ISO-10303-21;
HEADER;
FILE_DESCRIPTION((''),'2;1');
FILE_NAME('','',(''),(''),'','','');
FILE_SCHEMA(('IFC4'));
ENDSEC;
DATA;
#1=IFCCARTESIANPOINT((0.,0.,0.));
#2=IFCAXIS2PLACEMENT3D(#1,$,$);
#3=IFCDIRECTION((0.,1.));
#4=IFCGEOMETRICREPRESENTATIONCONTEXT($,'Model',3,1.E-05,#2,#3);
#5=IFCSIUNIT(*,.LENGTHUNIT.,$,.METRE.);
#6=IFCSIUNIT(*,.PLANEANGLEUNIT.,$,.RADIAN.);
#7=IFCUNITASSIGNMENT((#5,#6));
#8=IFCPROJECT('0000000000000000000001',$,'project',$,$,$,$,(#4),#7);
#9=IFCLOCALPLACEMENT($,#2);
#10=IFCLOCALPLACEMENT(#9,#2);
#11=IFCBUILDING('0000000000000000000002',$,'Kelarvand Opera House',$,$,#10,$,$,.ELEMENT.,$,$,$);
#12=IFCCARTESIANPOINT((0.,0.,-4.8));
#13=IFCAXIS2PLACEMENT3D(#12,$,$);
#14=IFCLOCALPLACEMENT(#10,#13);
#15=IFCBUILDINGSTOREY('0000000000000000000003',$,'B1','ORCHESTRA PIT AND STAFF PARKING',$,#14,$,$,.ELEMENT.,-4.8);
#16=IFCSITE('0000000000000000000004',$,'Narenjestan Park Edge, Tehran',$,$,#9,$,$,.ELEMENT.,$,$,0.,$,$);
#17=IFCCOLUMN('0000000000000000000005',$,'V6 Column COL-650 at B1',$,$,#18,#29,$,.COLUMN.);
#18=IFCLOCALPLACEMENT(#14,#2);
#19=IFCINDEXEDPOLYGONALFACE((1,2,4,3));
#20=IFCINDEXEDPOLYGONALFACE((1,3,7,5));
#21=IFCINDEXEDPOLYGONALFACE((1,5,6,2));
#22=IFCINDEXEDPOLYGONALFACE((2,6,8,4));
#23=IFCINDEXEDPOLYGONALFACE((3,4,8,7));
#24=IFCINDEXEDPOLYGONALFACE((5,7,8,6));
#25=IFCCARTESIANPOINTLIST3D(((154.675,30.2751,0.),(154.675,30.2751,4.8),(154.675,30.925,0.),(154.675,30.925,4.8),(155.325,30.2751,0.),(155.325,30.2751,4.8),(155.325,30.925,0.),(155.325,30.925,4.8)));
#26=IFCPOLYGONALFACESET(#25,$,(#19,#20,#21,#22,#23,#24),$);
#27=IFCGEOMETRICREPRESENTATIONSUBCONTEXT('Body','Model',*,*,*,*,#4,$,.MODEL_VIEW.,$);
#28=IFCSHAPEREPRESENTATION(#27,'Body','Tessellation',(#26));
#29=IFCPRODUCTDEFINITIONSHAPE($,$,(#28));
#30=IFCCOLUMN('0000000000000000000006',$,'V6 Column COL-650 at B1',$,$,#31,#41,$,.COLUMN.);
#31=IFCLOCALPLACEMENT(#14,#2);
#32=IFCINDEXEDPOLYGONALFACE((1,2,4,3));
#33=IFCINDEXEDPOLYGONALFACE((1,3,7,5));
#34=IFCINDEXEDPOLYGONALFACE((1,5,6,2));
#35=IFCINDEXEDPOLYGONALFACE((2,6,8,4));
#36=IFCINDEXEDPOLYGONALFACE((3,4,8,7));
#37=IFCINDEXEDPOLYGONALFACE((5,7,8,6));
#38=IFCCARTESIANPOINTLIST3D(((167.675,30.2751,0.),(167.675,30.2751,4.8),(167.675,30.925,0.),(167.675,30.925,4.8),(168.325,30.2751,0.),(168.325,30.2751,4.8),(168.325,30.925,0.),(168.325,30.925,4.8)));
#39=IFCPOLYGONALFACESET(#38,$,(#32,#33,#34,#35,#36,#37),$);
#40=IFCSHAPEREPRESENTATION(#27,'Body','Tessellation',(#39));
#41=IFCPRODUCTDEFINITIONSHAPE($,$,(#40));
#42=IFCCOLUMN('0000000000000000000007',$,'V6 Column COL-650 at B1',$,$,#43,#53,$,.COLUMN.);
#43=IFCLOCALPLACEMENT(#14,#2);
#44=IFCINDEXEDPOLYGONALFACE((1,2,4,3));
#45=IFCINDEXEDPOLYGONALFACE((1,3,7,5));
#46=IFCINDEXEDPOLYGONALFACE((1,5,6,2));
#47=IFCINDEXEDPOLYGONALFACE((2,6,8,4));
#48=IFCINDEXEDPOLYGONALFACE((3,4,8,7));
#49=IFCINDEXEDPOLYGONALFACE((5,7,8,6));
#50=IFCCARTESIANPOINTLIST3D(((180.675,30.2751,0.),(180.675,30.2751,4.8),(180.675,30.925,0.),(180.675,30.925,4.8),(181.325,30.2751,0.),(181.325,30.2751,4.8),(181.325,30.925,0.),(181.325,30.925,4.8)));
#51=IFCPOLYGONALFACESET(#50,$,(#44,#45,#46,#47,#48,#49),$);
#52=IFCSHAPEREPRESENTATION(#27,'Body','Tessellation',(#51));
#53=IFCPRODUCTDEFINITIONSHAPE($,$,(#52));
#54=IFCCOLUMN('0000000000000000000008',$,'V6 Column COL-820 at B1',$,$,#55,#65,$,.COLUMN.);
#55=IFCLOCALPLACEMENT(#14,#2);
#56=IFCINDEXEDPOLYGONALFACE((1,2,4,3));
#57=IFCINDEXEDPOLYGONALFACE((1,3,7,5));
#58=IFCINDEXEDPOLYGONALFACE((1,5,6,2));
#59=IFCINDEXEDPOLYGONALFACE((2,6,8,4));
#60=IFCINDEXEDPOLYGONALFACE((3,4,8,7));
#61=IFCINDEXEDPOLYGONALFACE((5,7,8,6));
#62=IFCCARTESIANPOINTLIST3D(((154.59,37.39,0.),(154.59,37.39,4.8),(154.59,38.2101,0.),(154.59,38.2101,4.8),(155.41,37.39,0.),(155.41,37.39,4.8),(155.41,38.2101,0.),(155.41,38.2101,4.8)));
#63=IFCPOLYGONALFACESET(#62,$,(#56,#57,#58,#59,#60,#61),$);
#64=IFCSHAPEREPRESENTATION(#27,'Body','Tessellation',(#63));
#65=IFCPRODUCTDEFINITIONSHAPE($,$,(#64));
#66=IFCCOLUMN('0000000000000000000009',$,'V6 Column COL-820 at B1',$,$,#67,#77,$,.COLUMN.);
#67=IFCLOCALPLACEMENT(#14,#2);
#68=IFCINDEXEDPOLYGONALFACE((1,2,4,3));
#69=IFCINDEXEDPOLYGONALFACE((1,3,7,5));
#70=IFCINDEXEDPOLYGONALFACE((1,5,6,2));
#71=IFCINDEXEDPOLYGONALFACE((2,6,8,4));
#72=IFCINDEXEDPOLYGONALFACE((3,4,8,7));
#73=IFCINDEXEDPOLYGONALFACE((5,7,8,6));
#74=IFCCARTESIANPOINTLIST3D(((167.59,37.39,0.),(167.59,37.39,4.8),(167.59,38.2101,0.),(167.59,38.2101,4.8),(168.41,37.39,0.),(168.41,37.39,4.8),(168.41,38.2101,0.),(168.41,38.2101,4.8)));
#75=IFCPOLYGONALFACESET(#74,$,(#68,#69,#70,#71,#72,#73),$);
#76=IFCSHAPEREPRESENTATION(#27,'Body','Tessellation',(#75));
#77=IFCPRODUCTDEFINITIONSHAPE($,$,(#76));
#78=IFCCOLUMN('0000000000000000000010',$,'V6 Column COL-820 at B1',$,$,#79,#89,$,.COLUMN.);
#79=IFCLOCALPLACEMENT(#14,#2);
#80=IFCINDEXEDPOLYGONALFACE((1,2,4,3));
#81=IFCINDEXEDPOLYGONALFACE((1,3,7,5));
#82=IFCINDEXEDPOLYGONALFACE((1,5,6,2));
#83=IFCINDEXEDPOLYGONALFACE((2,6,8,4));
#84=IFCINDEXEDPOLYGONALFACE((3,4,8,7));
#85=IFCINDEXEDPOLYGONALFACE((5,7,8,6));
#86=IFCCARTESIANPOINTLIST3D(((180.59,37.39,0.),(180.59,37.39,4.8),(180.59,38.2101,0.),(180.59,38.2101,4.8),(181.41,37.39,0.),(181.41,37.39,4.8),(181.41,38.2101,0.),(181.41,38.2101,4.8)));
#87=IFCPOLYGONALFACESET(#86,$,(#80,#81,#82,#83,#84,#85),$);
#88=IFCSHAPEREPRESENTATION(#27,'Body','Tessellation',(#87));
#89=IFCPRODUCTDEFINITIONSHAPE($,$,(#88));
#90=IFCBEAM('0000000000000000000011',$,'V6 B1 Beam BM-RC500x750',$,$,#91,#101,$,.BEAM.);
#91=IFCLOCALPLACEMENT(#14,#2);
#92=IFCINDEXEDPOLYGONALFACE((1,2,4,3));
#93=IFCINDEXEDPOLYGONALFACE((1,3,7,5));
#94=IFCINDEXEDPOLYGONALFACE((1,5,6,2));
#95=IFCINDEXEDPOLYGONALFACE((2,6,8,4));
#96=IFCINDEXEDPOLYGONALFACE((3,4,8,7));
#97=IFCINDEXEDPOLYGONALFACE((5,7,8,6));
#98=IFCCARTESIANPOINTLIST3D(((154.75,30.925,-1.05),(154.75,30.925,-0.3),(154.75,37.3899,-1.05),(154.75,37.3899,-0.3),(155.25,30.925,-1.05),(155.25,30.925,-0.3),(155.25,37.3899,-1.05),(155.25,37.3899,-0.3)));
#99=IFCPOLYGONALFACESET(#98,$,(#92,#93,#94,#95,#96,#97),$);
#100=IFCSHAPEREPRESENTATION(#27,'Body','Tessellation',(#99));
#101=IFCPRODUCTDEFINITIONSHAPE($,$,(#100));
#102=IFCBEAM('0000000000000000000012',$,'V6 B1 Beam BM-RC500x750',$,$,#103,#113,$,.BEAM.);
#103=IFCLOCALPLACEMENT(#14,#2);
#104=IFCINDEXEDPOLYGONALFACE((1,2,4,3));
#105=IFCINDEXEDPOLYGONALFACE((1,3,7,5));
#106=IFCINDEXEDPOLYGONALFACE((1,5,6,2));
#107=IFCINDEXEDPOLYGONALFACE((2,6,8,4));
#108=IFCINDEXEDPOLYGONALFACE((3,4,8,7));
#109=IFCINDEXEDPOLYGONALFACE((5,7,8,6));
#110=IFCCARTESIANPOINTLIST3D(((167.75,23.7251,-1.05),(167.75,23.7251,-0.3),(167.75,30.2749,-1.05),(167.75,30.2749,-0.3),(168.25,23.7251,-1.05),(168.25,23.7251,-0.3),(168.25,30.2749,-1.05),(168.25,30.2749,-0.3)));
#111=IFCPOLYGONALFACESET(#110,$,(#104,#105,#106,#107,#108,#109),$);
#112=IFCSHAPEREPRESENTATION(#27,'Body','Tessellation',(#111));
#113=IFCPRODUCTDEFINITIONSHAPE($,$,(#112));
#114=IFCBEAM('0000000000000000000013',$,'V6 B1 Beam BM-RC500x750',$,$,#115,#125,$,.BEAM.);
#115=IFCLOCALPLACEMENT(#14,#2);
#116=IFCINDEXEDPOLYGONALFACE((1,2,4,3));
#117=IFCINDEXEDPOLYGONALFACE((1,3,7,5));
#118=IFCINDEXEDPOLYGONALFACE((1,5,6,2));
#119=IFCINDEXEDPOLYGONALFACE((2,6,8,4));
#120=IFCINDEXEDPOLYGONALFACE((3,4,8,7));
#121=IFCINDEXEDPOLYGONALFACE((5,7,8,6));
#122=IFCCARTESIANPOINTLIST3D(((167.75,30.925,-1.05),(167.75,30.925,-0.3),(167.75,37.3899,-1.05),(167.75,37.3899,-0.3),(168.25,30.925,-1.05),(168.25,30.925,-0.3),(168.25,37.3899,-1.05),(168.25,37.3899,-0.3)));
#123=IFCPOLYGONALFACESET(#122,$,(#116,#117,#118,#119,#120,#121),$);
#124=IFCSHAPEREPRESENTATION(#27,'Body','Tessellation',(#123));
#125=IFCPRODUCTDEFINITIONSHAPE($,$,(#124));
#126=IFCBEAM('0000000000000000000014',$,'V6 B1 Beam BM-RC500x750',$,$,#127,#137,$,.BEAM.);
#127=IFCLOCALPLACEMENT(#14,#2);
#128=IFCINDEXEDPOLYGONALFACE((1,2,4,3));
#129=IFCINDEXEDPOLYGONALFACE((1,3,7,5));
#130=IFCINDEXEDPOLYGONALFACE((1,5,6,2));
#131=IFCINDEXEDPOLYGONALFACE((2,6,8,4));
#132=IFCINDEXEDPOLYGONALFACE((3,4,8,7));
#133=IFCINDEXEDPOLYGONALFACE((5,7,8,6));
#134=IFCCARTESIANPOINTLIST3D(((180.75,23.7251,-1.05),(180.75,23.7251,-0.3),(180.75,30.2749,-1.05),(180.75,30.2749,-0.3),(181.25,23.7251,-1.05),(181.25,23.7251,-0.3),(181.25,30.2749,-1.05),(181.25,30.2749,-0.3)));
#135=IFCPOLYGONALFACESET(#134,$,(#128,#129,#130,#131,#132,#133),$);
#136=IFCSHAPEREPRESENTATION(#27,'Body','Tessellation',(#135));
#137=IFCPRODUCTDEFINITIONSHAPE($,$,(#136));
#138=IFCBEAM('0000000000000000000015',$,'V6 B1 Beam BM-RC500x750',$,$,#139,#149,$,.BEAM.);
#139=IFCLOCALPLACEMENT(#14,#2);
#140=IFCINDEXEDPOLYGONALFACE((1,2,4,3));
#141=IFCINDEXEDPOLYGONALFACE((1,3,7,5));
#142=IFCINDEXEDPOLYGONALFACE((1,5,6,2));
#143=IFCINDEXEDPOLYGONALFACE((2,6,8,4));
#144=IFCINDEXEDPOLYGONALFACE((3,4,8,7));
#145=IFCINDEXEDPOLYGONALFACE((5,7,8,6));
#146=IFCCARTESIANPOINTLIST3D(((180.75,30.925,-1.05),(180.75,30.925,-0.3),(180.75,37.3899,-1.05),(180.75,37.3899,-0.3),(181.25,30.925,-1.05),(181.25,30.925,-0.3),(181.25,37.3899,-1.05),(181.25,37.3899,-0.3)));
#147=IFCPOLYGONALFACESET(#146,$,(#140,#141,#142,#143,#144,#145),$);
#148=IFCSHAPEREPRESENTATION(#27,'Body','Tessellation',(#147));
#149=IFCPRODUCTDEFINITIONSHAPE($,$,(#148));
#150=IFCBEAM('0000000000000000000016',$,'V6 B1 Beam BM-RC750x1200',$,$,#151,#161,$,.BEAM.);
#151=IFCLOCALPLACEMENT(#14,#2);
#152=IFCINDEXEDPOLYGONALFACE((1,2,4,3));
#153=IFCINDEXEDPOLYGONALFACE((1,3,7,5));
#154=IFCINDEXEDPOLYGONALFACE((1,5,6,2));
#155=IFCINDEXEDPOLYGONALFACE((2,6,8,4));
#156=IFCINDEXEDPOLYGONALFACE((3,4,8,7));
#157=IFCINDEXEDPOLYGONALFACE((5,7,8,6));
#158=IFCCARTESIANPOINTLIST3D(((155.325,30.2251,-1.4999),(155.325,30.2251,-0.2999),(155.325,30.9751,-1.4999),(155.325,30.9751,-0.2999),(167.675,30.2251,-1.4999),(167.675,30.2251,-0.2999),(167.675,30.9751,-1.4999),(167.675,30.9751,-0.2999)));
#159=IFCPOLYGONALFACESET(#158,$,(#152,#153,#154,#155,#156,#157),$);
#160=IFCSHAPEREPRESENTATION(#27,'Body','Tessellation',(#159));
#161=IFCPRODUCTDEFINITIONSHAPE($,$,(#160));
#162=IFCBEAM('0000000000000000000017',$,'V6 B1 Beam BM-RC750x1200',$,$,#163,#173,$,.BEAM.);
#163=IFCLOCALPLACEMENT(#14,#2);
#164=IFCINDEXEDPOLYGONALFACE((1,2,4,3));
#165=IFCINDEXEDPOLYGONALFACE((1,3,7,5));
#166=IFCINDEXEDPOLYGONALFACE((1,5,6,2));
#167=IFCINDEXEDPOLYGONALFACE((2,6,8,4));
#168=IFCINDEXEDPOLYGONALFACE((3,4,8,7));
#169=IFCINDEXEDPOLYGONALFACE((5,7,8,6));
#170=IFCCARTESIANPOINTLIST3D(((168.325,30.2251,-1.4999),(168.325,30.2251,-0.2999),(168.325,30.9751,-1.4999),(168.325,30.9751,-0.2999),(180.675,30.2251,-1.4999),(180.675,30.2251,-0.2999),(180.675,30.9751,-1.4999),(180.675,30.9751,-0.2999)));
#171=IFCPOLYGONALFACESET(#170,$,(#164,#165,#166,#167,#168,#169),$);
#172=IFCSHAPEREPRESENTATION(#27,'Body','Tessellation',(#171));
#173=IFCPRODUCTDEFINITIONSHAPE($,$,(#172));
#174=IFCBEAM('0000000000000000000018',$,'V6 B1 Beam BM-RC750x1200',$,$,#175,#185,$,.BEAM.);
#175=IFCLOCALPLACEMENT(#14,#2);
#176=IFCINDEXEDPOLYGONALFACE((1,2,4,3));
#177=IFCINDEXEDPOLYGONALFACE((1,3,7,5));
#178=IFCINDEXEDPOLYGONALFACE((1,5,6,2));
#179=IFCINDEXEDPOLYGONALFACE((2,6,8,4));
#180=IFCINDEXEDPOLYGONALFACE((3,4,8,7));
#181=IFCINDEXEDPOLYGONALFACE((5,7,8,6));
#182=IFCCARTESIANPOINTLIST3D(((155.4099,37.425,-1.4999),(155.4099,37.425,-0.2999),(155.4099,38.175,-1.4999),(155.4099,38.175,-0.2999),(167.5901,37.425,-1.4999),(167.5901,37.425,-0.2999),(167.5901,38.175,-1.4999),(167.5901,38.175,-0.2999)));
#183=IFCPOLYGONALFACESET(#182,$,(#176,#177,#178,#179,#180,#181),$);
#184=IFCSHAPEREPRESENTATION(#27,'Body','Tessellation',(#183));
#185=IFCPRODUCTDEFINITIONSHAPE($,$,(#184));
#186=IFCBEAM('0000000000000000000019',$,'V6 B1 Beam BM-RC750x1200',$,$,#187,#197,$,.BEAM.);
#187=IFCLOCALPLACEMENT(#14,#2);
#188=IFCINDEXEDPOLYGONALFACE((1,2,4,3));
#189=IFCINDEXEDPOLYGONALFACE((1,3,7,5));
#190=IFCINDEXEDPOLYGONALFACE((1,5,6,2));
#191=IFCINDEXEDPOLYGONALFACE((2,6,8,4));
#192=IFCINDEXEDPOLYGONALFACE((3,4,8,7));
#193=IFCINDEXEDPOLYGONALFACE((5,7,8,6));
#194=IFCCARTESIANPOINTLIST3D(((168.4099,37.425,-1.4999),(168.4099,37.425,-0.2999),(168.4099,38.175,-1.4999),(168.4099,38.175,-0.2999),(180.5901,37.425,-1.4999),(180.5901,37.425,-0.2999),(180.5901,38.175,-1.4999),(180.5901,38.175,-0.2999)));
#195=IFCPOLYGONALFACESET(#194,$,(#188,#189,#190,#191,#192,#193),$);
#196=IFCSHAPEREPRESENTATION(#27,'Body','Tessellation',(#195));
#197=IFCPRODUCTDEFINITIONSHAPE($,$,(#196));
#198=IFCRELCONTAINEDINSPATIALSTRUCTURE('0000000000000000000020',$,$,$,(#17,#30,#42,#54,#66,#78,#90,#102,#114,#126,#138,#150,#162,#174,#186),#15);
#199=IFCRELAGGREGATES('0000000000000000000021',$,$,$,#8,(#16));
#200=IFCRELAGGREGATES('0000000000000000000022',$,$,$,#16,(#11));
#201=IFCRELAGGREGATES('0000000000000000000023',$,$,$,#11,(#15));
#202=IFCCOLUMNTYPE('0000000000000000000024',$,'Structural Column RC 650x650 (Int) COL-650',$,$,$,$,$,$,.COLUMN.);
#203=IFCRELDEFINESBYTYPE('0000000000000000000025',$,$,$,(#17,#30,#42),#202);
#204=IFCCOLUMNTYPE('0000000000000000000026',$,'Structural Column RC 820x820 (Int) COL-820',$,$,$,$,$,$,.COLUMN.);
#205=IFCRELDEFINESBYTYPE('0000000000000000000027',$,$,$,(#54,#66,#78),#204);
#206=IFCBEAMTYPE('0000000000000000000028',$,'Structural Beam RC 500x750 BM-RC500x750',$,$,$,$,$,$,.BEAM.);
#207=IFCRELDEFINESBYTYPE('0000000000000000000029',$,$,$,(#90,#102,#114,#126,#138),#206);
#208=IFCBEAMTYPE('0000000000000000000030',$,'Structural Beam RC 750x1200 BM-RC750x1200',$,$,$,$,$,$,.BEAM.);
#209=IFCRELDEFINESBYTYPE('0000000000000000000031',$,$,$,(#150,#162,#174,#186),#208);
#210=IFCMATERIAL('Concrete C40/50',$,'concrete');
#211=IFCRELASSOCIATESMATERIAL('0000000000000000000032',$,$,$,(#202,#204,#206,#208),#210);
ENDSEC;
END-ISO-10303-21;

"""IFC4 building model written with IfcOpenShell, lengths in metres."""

from ifc_helpers import new_model, si_unit, direction, frame, origin, origin_2d, place, context, subcontext, project, spatial, rectangle, extrude, material, material_profile, profile_set, type_object, element, save


model = new_model("IFC4")

# Units and contexts
model_context = context("Model", 3, precision=1e-05, world=origin(), true_north=direction((0.0, 1.0)))
body_context = subcontext(model_context, "Body", "Model", "MODEL_VIEW")
ifc_project = project(units=[si_unit("LENGTHUNIT", "METRE"), si_unit("PLANEANGLEUNIT", "RADIAN")], contexts=[model_context])

# Site, building, storey
site_placement = place(None, origin())
site = spatial("IfcSite", under=ifc_project, at=site_placement, Name="Narenjestan Park Edge, Tehran", CompositionType="ELEMENT", RefElevation=0.0)
building_placement = place(site_placement, origin())
building = spatial("IfcBuilding", under=site, at=building_placement, Name="Kelarvand Opera House", CompositionType="ELEMENT")
storey_placement = place(building_placement, frame((0.0, 0.0, -4.8)))
storey = spatial("IfcBuildingStorey", under=building, at=storey_placement, Name="B1", Description="ORCHESTRA PIT AND STAFF PARKING", CompositionType="ELEMENT", Elevation=-4.8)

# Columns
ifc_material_1 = material(Name="Concrete C40/50", Category="concrete")
ifc_material_profile_1 = material_profile(ifc_material_1, rectangle(XDim=0.6499, YDim=0.6499, at=origin_2d()), Name="RC 650x650", Category="concrete")
ifc_profile_set_1 = profile_set([ifc_material_profile_1], Name="Concrete C40/50")
column_type_1 = type_object("IfcColumnType", Name="Structural Column RC 650x650 (Int) COL-650", PredefinedType="COLUMN", material=ifc_profile_set_1)
for number, where, z_axis, x_axis, name in (
    (1, (155.0, 30.6001, 0.0), (0.0, 0.0, 1.0), (1.0, 0.0, 0.0), "V6 Column COL-650 at B1"),
    (2, (168.0, 30.6001, 0.0), (0.0, 0.0, 1.0), (1.0, 0.0, 0.0), "V6 Column COL-650 at B1"),
    (3, (181.0, 30.6001, 0.0), (0.0, 0.0, 1.0), (1.0, 0.0, 0.0), "V6 Column COL-650 at B1"),
):
    element("IfcColumn", number, at=place(storey_placement, frame(where, z_axis=z_axis, x_axis=x_axis)), inside=storey, type_object=column_type_1, Name=name, PredefinedType="COLUMN", context=body_context, shape_type="SweptSolid", body=[
        extrude(rectangle(XDim=0.6499, YDim=0.6499, at=origin_2d()), origin(), (0.0, 0.0, 1.0), 4.8),
    ])
ifc_material_profile_2 = material_profile(ifc_material_1, rectangle(XDim=0.8201, YDim=0.8201, at=origin_2d()), Name="RC 820x820", Category="concrete")
ifc_profile_set_2 = profile_set([ifc_material_profile_2], Name="Concrete C40/50")
column_type_2 = type_object("IfcColumnType", Name="Structural Column RC 820x820 (Int) COL-820", PredefinedType="COLUMN", material=ifc_profile_set_2)
for number, where, z_axis, x_axis, name in (
    (4, (155.0, 37.8, 0.0), (0.0, 0.0, 1.0), (1.0, 0.0, 0.0), "V6 Column COL-820 at B1"),
    (5, (168.0, 37.8, 0.0), (0.0, 0.0, 1.0), (1.0, 0.0, 0.0), "V6 Column COL-820 at B1"),
    (6, (181.0, 37.8, 0.0), (0.0, 0.0, 1.0), (1.0, 0.0, 0.0), "V6 Column COL-820 at B1"),
):
    element("IfcColumn", number, at=place(storey_placement, frame(where, z_axis=z_axis, x_axis=x_axis)), inside=storey, type_object=column_type_2, Name=name, PredefinedType="COLUMN", context=body_context, shape_type="SweptSolid", body=[
        extrude(rectangle(XDim=0.8201, YDim=0.8201, at=origin_2d()), origin(), (0.0, 0.0, 1.0), 4.8),
    ])

# Beams
ifc_material_profile_3 = material_profile(ifc_material_1, rectangle(XDim=0.5, YDim=0.75, at=origin_2d()), Name="RC 500x750", Category="concrete")
ifc_profile_set_3 = profile_set([ifc_material_profile_3], Name="Concrete C40/50")
beam_type_1 = type_object("IfcBeamType", Name="Structural Beam RC 500x750 BM-RC500x750", PredefinedType="BEAM", material=ifc_profile_set_3)
beam_1_placement = place(storey_placement, frame((155.0, 30.925, -0.675), z_axis=(0.0, 1.0, 0.0), x_axis=(-1.0, 0.0, 0.0)))
element("IfcBeam", 7, at=beam_1_placement, inside=storey, type_object=beam_type_1, Name="V6 B1 Beam BM-RC500x750", PredefinedType="BEAM", context=body_context, shape_type="SweptSolid", body=[
    extrude(rectangle(XDim=0.5, YDim=0.75, at=origin_2d()), origin(), (0.0, 0.0, 1.0), 6.4648),
])
beam_2_placement = place(storey_placement, frame((168.0, 23.7251, -0.675), z_axis=(0.0, 1.0, 0.0), x_axis=(-1.0, 0.0, 0.0)))
element("IfcBeam", 8, at=beam_2_placement, inside=storey, type_object=beam_type_1, Name="V6 B1 Beam BM-RC500x750", PredefinedType="BEAM", context=body_context, shape_type="SweptSolid", body=[
    extrude(rectangle(XDim=0.5, YDim=0.75, at=origin_2d()), origin(), (0.0, 0.0, 1.0), 6.5498),
])
beam_3_placement = place(storey_placement, frame((168.0, 30.925, -0.675), z_axis=(0.0, 1.0, 0.0), x_axis=(-1.0, 0.0, 0.0)))
element("IfcBeam", 9, at=beam_3_placement, inside=storey, type_object=beam_type_1, Name="V6 B1 Beam BM-RC500x750", PredefinedType="BEAM", context=body_context, shape_type="SweptSolid", body=[
    extrude(rectangle(XDim=0.5, YDim=0.75, at=origin_2d()), origin(), (0.0, 0.0, 1.0), 6.4648),
])
beam_4_placement = place(storey_placement, frame((181.0, 23.7251, -0.675), z_axis=(0.0, 1.0, 0.0), x_axis=(-1.0, 0.0, 0.0)))
element("IfcBeam", 10, at=beam_4_placement, inside=storey, type_object=beam_type_1, Name="V6 B1 Beam BM-RC500x750", PredefinedType="BEAM", context=body_context, shape_type="SweptSolid", body=[
    extrude(rectangle(XDim=0.5, YDim=0.75, at=origin_2d()), origin(), (0.0, 0.0, 1.0), 6.5498),
])
beam_5_placement = place(storey_placement, frame((181.0, 30.925, -0.675), z_axis=(0.0, 1.0, 0.0), x_axis=(-1.0, 0.0, 0.0)))
element("IfcBeam", 11, at=beam_5_placement, inside=storey, type_object=beam_type_1, Name="V6 B1 Beam BM-RC500x750", PredefinedType="BEAM", context=body_context, shape_type="SweptSolid", body=[
    extrude(rectangle(XDim=0.5, YDim=0.75, at=origin_2d()), origin(), (0.0, 0.0, 1.0), 6.4648),
])
ifc_material_profile_4 = material_profile(ifc_material_1, rectangle(XDim=0.75, YDim=1.2, at=origin_2d()), Name="RC 750x1200", Category="concrete")
ifc_profile_set_4 = profile_set([ifc_material_profile_4], Name="Concrete C40/50")
beam_type_2 = type_object("IfcBeamType", Name="Structural Beam RC 750x1200 BM-RC750x1200", PredefinedType="BEAM", material=ifc_profile_set_4)
for number, where, z_axis, x_axis, name in (
    (12, (155.325, 30.6001, -0.8999), (1.0, 0.0, 0.0), (0.0, 1.0, 0.0), "V6 B1 Beam BM-RC750x1200"),
    (13, (168.325, 30.6001, -0.8999), (1.0, 0.0, 0.0), (0.0, 1.0, 0.0), "V6 B1 Beam BM-RC750x1200"),
):
    element("IfcBeam", number, at=place(storey_placement, frame(where, z_axis=z_axis, x_axis=x_axis)), inside=storey, type_object=beam_type_2, Name=name, PredefinedType="BEAM", context=body_context, shape_type="SweptSolid", body=[
        extrude(rectangle(XDim=0.75, YDim=1.2, at=origin_2d()), origin(), (0.0, 0.0, 1.0), 12.3501),
    ])
for number, where, z_axis, x_axis, name in (
    (14, (155.4099, 37.8, -0.8999), (1.0, 0.0, 0.0), (0.0, 1.0, 0.0), "V6 B1 Beam BM-RC750x1200"),
    (15, (168.4099, 37.8, -0.8999), (1.0, 0.0, 0.0), (0.0, 1.0, 0.0), "V6 B1 Beam BM-RC750x1200"),
):
    element("IfcBeam", number, at=place(storey_placement, frame(where, z_axis=z_axis, x_axis=x_axis)), inside=storey, type_object=beam_type_2, Name=name, PredefinedType="BEAM", context=body_context, shape_type="SweptSolid", body=[
        extrude(rectangle(XDim=0.75, YDim=1.2, at=origin_2d()), origin(), (0.0, 0.0, 1.0), 12.1802),
    ])

save(model, "model.ifc")
